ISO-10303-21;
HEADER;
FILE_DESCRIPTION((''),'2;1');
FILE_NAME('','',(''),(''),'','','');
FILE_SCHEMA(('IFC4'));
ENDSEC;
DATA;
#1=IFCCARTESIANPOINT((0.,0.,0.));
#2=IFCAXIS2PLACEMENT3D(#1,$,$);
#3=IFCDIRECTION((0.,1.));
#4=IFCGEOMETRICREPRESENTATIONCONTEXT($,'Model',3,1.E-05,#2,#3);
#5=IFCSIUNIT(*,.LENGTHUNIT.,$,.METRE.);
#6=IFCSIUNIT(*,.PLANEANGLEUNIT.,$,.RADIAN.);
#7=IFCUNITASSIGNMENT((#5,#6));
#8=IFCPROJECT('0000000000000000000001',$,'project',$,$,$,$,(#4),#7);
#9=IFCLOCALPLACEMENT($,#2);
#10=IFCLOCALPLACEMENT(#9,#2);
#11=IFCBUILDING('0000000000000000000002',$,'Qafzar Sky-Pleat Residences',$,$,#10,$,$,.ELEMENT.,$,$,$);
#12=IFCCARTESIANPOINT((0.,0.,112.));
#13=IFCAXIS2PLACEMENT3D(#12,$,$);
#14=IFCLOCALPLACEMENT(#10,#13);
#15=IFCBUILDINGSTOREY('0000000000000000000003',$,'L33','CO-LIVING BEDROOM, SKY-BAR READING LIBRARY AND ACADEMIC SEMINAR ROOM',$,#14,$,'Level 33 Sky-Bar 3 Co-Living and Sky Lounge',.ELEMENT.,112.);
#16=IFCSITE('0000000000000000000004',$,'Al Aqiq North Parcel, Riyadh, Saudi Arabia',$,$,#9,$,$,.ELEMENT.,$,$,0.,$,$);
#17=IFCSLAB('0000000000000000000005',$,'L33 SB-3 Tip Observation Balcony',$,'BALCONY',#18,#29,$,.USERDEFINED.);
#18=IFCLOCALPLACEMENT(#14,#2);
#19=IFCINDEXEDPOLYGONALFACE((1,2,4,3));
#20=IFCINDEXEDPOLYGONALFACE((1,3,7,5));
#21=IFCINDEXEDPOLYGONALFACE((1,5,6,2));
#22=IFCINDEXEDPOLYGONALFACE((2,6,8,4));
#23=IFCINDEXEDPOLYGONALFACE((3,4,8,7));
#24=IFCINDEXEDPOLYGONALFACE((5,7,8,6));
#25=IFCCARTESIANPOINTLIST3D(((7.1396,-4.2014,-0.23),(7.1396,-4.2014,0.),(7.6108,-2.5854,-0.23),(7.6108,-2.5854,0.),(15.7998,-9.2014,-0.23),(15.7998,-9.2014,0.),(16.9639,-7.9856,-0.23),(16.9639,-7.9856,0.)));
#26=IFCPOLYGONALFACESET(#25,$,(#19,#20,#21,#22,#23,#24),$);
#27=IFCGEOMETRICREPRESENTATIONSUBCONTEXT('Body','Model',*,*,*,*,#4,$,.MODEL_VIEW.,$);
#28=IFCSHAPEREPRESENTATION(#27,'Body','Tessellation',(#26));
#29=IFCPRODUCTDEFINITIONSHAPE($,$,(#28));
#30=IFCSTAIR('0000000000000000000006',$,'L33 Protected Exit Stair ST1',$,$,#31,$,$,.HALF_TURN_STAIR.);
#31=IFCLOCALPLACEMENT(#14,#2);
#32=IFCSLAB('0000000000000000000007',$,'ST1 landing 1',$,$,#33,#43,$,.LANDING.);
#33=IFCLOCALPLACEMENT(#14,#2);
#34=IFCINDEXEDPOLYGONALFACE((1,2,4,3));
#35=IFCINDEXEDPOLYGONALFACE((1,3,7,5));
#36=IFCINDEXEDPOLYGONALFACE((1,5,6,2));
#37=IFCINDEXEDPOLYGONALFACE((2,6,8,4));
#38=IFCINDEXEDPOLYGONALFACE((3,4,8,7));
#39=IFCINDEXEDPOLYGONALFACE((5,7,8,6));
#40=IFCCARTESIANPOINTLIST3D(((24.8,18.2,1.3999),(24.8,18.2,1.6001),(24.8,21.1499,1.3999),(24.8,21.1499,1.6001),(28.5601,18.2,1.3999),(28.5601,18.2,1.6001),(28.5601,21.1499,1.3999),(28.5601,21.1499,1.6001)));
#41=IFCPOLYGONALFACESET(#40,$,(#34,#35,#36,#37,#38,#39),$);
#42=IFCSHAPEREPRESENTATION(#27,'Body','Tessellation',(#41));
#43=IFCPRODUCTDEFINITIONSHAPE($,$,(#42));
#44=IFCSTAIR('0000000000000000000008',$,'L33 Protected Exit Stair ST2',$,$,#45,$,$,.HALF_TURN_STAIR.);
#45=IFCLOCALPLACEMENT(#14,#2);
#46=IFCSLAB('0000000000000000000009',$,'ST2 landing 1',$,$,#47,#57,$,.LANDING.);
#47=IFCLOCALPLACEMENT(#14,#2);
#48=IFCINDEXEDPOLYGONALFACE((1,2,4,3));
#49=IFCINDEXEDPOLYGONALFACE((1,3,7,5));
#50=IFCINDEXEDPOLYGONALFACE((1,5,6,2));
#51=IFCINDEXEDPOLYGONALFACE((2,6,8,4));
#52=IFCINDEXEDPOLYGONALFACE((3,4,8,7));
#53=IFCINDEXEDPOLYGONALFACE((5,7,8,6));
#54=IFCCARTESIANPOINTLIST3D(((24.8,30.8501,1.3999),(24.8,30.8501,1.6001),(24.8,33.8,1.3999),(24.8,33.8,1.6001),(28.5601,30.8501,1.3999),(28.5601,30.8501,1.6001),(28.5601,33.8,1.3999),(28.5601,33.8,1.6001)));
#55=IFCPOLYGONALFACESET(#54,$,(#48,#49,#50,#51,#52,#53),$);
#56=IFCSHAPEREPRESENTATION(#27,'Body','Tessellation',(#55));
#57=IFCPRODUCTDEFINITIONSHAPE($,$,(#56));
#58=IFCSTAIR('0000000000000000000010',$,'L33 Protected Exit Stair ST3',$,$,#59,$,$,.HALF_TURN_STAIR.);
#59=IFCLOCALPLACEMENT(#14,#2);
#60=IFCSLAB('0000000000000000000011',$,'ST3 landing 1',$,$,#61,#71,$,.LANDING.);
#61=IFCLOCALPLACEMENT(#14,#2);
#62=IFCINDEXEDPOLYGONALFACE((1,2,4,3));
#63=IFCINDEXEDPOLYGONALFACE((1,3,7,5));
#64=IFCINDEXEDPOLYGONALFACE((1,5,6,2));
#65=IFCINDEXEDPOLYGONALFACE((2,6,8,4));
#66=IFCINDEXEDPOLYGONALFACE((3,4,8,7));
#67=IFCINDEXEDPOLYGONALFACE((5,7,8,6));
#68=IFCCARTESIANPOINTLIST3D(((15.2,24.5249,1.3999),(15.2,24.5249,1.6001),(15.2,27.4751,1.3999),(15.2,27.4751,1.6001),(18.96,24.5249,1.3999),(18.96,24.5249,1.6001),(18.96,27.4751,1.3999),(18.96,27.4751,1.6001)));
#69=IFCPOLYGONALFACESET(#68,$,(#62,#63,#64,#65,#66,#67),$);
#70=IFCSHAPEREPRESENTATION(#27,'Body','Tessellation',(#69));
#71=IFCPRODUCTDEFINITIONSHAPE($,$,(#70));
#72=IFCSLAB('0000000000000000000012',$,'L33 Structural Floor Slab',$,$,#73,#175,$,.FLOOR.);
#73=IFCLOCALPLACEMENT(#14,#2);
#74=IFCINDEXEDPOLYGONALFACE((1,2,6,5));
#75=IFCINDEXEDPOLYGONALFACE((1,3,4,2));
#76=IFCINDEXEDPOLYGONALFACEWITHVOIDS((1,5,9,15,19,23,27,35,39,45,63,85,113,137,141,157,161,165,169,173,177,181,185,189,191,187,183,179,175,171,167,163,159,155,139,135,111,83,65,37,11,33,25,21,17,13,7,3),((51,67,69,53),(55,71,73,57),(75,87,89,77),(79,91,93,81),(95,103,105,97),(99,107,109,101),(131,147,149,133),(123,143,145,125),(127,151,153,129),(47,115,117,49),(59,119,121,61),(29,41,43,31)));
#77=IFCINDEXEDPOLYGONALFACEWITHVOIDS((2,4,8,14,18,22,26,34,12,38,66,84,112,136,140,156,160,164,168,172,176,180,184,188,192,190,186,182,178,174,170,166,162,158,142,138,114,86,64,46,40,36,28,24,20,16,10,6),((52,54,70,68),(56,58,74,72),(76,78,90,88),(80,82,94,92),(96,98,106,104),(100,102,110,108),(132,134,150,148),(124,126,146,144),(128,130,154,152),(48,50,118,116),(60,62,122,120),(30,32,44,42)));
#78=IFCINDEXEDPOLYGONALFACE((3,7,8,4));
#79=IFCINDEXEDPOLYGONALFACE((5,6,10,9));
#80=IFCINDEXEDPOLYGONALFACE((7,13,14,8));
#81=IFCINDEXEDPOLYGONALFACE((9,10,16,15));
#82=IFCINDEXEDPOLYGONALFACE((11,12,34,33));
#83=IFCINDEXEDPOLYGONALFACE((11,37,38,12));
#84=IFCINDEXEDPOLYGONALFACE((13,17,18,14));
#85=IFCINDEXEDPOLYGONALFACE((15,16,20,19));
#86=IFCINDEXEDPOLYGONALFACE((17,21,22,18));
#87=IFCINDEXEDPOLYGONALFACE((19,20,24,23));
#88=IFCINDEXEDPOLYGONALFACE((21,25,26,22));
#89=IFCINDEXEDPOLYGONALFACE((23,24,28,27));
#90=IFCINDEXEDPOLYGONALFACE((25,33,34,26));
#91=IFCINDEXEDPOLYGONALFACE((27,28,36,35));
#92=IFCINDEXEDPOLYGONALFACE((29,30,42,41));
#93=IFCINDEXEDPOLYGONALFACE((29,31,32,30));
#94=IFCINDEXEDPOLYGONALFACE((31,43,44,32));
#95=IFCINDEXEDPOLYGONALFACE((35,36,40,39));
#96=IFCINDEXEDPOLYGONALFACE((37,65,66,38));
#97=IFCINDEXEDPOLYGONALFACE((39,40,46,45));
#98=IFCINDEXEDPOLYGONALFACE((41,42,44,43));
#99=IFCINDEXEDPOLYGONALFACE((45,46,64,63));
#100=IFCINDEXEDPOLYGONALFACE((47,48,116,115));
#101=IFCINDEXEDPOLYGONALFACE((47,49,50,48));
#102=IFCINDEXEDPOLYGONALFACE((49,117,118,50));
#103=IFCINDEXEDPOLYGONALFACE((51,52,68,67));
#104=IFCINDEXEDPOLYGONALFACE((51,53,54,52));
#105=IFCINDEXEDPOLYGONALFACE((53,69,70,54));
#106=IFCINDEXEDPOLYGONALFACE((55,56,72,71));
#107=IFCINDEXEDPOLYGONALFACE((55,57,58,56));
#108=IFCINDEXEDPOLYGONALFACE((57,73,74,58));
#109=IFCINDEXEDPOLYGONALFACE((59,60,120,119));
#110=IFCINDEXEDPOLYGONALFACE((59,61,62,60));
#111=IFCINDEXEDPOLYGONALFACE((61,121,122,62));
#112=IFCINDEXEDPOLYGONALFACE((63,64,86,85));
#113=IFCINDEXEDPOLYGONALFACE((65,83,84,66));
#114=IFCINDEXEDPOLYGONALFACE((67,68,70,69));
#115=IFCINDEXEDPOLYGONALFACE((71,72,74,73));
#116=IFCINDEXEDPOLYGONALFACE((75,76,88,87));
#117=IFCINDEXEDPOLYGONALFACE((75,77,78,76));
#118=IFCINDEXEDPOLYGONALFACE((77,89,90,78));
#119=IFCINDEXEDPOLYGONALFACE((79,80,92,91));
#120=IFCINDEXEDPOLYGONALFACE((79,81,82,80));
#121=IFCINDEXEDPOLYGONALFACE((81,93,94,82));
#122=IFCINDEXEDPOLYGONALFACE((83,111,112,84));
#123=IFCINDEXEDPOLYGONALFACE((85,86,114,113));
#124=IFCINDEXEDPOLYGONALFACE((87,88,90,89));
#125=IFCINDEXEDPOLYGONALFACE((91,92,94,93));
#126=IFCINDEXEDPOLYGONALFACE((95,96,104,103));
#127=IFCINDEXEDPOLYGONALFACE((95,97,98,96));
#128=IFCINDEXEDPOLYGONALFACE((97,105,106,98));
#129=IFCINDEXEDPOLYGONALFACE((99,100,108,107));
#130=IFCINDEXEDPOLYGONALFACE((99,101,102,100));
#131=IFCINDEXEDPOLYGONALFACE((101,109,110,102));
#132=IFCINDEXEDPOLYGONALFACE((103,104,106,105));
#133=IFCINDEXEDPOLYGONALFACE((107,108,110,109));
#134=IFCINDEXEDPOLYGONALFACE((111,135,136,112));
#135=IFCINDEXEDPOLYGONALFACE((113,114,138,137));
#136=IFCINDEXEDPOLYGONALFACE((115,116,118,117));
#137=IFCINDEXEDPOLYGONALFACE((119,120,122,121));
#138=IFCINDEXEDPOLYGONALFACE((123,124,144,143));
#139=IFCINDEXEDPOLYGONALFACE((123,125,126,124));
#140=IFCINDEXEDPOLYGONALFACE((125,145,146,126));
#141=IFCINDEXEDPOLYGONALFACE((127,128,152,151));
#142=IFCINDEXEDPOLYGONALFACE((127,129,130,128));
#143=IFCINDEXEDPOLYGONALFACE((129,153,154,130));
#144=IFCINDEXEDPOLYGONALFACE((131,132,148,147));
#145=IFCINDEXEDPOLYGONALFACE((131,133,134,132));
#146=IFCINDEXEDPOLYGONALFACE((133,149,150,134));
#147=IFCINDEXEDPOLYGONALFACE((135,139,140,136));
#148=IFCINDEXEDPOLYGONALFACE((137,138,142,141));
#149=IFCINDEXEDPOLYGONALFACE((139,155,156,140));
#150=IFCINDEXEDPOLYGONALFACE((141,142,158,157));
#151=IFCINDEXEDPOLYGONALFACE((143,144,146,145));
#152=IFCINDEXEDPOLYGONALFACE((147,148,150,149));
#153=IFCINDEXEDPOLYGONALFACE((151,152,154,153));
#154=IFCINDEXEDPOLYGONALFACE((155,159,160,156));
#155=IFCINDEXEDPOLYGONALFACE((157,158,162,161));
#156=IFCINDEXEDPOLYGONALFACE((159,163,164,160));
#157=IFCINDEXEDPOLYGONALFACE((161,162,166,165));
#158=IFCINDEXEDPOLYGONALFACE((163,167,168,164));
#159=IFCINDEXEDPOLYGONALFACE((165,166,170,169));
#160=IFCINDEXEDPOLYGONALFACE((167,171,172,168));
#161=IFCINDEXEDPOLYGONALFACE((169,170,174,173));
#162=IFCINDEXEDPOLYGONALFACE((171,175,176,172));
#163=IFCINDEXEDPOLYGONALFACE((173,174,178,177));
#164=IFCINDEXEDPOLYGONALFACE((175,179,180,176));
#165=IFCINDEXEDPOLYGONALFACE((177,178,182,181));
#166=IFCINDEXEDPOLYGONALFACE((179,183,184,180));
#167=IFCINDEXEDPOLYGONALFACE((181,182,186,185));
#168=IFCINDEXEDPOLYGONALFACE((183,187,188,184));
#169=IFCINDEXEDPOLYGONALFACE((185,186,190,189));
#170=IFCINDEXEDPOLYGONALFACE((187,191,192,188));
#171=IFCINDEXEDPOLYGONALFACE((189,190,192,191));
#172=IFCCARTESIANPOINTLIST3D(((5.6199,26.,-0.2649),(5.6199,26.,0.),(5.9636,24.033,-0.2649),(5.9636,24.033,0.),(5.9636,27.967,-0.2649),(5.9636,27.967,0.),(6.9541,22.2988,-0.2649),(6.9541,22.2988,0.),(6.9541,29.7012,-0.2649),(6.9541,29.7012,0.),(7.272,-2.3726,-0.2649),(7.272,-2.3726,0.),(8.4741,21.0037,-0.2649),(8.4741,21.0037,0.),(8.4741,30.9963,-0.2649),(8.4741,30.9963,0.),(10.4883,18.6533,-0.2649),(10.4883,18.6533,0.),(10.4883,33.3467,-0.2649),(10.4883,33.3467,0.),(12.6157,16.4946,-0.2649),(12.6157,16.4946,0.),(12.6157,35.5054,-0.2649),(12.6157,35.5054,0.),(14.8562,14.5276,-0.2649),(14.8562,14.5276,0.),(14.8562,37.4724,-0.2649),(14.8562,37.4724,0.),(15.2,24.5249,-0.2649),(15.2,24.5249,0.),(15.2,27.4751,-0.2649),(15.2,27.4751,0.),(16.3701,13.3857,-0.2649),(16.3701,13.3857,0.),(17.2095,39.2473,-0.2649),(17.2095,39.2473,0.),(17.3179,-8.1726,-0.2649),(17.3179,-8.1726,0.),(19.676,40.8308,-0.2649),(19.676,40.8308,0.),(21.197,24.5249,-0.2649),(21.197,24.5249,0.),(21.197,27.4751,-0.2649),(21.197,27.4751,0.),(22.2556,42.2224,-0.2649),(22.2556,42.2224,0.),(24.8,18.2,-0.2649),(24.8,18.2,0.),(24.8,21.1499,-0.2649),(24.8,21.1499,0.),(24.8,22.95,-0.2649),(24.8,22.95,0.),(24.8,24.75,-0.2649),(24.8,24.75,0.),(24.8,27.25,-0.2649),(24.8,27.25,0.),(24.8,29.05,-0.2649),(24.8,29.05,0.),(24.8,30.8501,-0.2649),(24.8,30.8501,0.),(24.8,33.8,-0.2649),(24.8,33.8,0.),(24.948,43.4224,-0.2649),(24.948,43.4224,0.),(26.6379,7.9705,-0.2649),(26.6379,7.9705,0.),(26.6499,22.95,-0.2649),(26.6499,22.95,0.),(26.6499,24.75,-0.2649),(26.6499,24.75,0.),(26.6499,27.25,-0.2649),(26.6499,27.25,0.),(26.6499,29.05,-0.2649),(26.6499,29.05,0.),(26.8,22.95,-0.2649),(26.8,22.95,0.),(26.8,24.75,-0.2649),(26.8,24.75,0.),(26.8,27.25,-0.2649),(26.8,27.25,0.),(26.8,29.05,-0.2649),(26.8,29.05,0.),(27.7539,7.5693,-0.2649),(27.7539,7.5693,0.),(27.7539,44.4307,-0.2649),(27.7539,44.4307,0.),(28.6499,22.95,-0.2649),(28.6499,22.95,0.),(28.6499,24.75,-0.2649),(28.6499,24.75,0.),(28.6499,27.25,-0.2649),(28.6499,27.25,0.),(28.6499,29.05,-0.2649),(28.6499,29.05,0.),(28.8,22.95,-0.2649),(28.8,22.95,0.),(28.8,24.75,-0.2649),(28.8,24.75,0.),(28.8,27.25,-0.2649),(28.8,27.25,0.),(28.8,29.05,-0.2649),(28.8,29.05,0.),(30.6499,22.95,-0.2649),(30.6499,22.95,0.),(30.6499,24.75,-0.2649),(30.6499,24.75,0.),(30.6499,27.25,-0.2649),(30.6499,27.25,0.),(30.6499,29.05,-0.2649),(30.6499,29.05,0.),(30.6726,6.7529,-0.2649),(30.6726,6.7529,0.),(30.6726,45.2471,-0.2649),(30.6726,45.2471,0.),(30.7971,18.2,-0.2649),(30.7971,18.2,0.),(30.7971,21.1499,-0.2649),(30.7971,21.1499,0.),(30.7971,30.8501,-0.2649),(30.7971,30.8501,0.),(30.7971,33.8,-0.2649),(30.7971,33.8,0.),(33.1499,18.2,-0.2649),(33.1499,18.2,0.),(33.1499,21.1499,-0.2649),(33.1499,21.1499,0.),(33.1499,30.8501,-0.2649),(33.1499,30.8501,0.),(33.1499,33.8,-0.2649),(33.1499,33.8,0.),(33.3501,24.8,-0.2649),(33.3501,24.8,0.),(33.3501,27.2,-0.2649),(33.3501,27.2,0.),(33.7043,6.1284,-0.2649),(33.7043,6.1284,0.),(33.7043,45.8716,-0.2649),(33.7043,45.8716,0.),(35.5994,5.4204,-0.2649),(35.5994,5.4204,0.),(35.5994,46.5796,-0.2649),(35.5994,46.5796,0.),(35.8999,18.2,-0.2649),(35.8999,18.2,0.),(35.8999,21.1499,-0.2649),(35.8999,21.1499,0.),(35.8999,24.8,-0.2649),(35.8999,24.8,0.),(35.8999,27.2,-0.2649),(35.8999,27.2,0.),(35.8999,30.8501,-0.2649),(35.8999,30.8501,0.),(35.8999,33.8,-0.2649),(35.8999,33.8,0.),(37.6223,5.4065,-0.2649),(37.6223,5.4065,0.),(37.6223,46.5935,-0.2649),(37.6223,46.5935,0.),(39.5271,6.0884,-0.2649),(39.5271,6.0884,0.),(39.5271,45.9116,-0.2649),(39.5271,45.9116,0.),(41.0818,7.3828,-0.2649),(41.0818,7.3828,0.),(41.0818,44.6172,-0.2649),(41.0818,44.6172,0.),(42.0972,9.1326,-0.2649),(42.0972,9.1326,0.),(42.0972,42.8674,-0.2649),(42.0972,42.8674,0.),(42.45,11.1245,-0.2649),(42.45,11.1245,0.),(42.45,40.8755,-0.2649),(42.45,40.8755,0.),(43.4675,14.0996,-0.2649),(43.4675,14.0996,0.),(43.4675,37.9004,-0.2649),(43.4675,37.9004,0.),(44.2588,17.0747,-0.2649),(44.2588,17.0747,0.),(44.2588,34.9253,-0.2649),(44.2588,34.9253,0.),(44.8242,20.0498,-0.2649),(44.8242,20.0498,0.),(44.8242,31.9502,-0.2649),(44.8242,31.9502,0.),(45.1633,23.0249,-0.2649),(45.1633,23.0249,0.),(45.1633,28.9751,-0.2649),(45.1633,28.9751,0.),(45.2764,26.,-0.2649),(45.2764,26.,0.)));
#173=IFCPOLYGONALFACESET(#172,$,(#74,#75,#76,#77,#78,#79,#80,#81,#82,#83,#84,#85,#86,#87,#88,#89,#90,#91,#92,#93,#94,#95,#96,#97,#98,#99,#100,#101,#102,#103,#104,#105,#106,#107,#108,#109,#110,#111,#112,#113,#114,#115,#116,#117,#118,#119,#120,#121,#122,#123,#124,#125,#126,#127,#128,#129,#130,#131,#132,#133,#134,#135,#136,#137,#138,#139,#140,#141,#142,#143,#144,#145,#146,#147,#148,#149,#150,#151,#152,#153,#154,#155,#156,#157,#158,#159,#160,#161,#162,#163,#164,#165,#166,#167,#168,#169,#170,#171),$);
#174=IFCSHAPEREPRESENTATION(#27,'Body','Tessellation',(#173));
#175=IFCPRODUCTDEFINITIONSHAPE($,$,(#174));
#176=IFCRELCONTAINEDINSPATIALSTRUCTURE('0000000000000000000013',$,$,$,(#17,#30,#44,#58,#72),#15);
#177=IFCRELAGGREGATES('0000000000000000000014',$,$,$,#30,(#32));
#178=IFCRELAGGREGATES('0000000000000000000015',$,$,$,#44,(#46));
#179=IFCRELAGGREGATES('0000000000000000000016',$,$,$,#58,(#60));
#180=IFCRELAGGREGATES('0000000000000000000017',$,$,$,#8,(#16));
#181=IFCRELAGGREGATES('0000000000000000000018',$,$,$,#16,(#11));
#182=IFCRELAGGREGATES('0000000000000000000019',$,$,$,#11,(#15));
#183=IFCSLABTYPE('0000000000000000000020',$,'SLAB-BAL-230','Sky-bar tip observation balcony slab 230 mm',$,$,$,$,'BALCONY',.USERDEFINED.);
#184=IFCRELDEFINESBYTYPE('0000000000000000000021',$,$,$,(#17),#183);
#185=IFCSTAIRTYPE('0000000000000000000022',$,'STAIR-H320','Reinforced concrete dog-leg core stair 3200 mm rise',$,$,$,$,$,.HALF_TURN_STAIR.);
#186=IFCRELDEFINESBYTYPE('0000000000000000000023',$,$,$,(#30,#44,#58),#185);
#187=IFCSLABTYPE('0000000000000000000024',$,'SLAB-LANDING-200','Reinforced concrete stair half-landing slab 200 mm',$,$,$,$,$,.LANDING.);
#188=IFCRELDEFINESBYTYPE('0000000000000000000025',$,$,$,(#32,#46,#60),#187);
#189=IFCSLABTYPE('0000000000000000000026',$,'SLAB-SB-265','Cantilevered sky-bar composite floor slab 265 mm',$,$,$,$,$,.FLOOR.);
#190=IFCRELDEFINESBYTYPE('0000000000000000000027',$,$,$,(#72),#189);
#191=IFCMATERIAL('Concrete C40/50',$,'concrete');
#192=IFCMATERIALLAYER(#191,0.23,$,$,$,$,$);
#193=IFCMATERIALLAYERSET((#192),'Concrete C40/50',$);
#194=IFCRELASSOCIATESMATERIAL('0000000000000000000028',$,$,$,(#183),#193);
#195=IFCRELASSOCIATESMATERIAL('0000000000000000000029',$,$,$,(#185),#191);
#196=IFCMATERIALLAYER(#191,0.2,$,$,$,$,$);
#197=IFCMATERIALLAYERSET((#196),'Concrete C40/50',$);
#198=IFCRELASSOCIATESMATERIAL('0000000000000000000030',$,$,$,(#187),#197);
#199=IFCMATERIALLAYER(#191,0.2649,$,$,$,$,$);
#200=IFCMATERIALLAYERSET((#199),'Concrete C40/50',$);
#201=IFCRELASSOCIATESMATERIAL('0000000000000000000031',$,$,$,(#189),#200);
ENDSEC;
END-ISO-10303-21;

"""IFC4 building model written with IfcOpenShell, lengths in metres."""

from ifc_helpers import new_model, si_unit, direction, frame, origin, place, context, subcontext, project, spatial, polyline, outline, extrude, material, layer, layer_set, type_object, element, aggregate, save


model = new_model("IFC4")

# Units and contexts
model_context = context("Model", 3, precision=1e-05, world=origin(), true_north=direction((0.0, 1.0)))
body_context = subcontext(model_context, "Body", "Model", "MODEL_VIEW")
ifc_project = project(units=[si_unit("LENGTHUNIT", "METRE"), si_unit("PLANEANGLEUNIT", "RADIAN")], contexts=[model_context])

# Site, building, storey
site_placement = place(None, origin())
site = spatial("IfcSite", under=ifc_project, at=site_placement, Name="Al Aqiq North Parcel, Riyadh, Saudi Arabia", CompositionType="ELEMENT", RefElevation=0.0)
building_placement = place(site_placement, origin())
building = spatial("IfcBuilding", under=site, at=building_placement, Name="Qafzar Sky-Pleat Residences", CompositionType="ELEMENT")
storey_placement = place(building_placement, frame((0.0, 0.0, 112.0)))
storey = spatial("IfcBuildingStorey", under=building, at=storey_placement, Name="L33", Description="CO-LIVING BEDROOM, SKY-BAR READING LIBRARY AND ACADEMIC SEMINAR ROOM", LongName="Level 33 Sky-Bar 3 Co-Living and Sky Lounge", CompositionType="ELEMENT", Elevation=112.0)

# Slab
ifc_material_1 = material(Name="Concrete C40/50", Category="concrete")
ifc_layer_1 = layer(ifc_material_1, 0.23)
ifc_layer_set_1 = layer_set([ifc_layer_1], Name="Concrete C40/50")
slab_type_1 = type_object("IfcSlabType", Name="SLAB-BAL-230", Description="Sky-bar tip observation balcony slab 230 mm", ElementType="BALCONY", PredefinedType="USERDEFINED", material=ifc_layer_set_1)
slab_1_placement = place(storey_placement, frame((0.0, 0.0, -0.23)))
element("IfcSlab", 1, at=slab_1_placement, inside=storey, type_object=slab_type_1, Name="L33 SB-3 Tip Observation Balcony", ObjectType="BALCONY", PredefinedType="USERDEFINED", context=body_context, shape_type="SweptSolid", body=[
    extrude(outline(polyline([(7.6108, -2.5854), (7.1396, -4.2014), (15.7998, -9.2014), (16.9639, -7.9856), (7.6108, -2.5854)])), origin(), (0.0, 0.0, 1.0), 0.23),
])

# Stairs, slabs
stair_type = type_object("IfcStairType", Name="STAIR-H320", Description="Reinforced concrete dog-leg core stair 3200 mm rise", PredefinedType="HALF_TURN_STAIR", material=ifc_material_1)
stair_1_placement = place(storey_placement, origin())
stair_1 = element("IfcStair", 2, at=stair_1_placement, inside=storey, type_object=stair_type, Name="L33 Protected Exit Stair ST1", PredefinedType="HALF_TURN_STAIR")
ifc_layer_2 = layer(ifc_material_1, 0.2)
ifc_layer_set_2 = layer_set([ifc_layer_2], Name="Concrete C40/50")
slab_type_2 = type_object("IfcSlabType", Name="SLAB-LANDING-200", Description="Reinforced concrete stair half-landing slab 200 mm", PredefinedType="LANDING", material=ifc_layer_set_2)
slab_2_placement = place(storey_placement, frame((0.0, 0.0, 1.3999)))
slab_2 = element("IfcSlab", 3, at=slab_2_placement, type_object=slab_type_2, Name="ST1 landing 1", PredefinedType="LANDING", context=body_context, shape_type="SweptSolid", body=[
    extrude(outline(polyline([(28.5601, 21.1499), (24.8, 21.1499), (24.8, 18.2), (28.5601, 18.2), (28.5601, 21.1499)])), origin(), (0.0, 0.0, 1.0), 0.2002),
])
aggregate(stair_1, [slab_2])
stair_2_placement = place(storey_placement, origin())
stair_2 = element("IfcStair", 4, at=stair_2_placement, inside=storey, type_object=stair_type, Name="L33 Protected Exit Stair ST2", PredefinedType="HALF_TURN_STAIR")
slab_3_placement = place(storey_placement, frame((0.0, 0.0, 1.3999)))
slab_3 = element("IfcSlab", 5, at=slab_3_placement, type_object=slab_type_2, Name="ST2 landing 1", PredefinedType="LANDING", context=body_context, shape_type="SweptSolid", body=[
    extrude(outline(polyline([(28.5601, 33.8), (24.8, 33.8), (24.8, 30.8501), (28.5601, 30.8501), (28.5601, 33.8)])), origin(), (0.0, 0.0, 1.0), 0.2002),
])
aggregate(stair_2, [slab_3])
stair_3_placement = place(storey_placement, origin())
stair_3 = element("IfcStair", 6, at=stair_3_placement, inside=storey, type_object=stair_type, Name="L33 Protected Exit Stair ST3", PredefinedType="HALF_TURN_STAIR")
slab_4_placement = place(storey_placement, frame((0.0, 0.0, 1.3999)))
slab_4 = element("IfcSlab", 7, at=slab_4_placement, type_object=slab_type_2, Name="ST3 landing 1", PredefinedType="LANDING", context=body_context, shape_type="SweptSolid", body=[
    extrude(outline(polyline([(18.96, 27.4751), (15.2, 27.4751), (15.2, 24.5249), (18.96, 24.5249), (18.96, 27.4751)])), origin(), (0.0, 0.0, 1.0), 0.2002),
])
aggregate(stair_3, [slab_4])

# Slab
ifc_layer_3 = layer(ifc_material_1, 0.2649)
ifc_layer_set_3 = layer_set([ifc_layer_3], Name="Concrete C40/50")
slab_type_3 = type_object("IfcSlabType", Name="SLAB-SB-265", Description="Cantilevered sky-bar composite floor slab 265 mm", PredefinedType="FLOOR", material=ifc_layer_set_3)
slab_5_placement = place(storey_placement, frame((0.0, 0.0, -0.2649)))
element("IfcSlab", 8, at=slab_5_placement, inside=storey, type_object=slab_type_3, Name="L33 Structural Floor Slab", PredefinedType="FLOOR", context=body_context, shape_type="SweptSolid", body=[
    extrude(outline(polyline([(17.3179, -8.1726), (7.272, -2.3726), (16.3701, 13.3857), (14.8562, 14.5276), (12.6157, 16.4946), (10.4883, 18.6533), (8.4741, 21.0037), (6.9541, 22.2988), (5.9636, 24.033), (5.6199, 26.0), (5.9636, 27.967), (6.9541, 29.7012), (8.4741, 30.9963), (10.4883, 33.3467), (12.6157, 35.5054), (14.8562, 37.4724), (17.2095, 39.2473), (19.676, 40.8308), (22.2556, 42.2224), (24.948, 43.4224), (27.7539, 44.4307), (30.6726, 45.2471), (33.7043, 45.8716), (35.5994, 46.5796), (37.6223, 46.5935), (39.5271, 45.9116), (41.0818, 44.6172), (42.0972, 42.8674), (42.45, 40.8755), (43.4675, 37.9004), (44.2588, 34.9253), (44.8242, 31.9502), (45.1633, 28.9751), (45.2764, 26.0), (45.1633, 23.0249), (44.8242, 20.0498), (44.2588, 17.0747), (43.4675, 14.0996), (42.45, 11.1245), (42.0972, 9.1326), (41.0818, 7.3828), (39.5271, 6.0884), (37.6223, 5.4065), (35.5994, 5.4204), (33.7043, 6.1284), (30.6726, 6.7529), (27.7539, 7.5693), (26.6379, 7.9705), (17.3179, -8.1726)]), holes=[polyline([(30.7971, 21.1499), (24.8, 21.1499), (24.8, 18.2), (30.7971, 18.2), (30.7971, 21.1499)]), polyline([(30.7971, 33.8), (24.8, 33.8), (24.8, 30.8501), (30.7971, 30.8501), (30.7971, 33.8)]), polyline([(21.197, 27.4751), (15.2, 27.4751), (15.2, 24.5249), (21.197, 24.5249), (21.197, 27.4751)]), polyline([(24.8, 22.95), (26.6499, 22.95), (26.6499, 24.75), (24.8, 24.75), (24.8, 22.95)]), polyline([(26.8, 22.95), (28.6499, 22.95), (28.6499, 24.75), (26.8, 24.75), (26.8, 22.95)]), polyline([(28.8, 22.95), (30.6499, 22.95), (30.6499, 24.75), (28.8, 24.75), (28.8, 22.95)]), polyline([(24.8, 27.25), (26.6499, 27.25), (26.6499, 29.05), (24.8, 29.05), (24.8, 27.25)]), polyline([(26.8, 27.25), (28.6499, 27.25), (28.6499, 29.05), (26.8, 29.05), (26.8, 27.25)]), polyline([(28.8, 27.25), (30.6499, 27.25), (30.6499, 29.05), (28.8, 29.05), (28.8, 27.25)]), polyline([(33.1499, 18.2), (35.8999, 18.2), (35.8999, 21.1499), (33.1499, 21.1499), (33.1499, 18.2)]), polyline([(33.1499, 30.8501), (35.8999, 30.8501), (35.8999, 33.8), (33.1499, 33.8), (33.1499, 30.8501)]), polyline([(33.3501, 24.8), (35.8999, 24.8), (35.8999, 27.2), (33.3501, 27.2), (33.3501, 24.8)])]), origin(), (0.0, 0.0, 1.0), 0.2649),
])

save(model, "model.ifc")
